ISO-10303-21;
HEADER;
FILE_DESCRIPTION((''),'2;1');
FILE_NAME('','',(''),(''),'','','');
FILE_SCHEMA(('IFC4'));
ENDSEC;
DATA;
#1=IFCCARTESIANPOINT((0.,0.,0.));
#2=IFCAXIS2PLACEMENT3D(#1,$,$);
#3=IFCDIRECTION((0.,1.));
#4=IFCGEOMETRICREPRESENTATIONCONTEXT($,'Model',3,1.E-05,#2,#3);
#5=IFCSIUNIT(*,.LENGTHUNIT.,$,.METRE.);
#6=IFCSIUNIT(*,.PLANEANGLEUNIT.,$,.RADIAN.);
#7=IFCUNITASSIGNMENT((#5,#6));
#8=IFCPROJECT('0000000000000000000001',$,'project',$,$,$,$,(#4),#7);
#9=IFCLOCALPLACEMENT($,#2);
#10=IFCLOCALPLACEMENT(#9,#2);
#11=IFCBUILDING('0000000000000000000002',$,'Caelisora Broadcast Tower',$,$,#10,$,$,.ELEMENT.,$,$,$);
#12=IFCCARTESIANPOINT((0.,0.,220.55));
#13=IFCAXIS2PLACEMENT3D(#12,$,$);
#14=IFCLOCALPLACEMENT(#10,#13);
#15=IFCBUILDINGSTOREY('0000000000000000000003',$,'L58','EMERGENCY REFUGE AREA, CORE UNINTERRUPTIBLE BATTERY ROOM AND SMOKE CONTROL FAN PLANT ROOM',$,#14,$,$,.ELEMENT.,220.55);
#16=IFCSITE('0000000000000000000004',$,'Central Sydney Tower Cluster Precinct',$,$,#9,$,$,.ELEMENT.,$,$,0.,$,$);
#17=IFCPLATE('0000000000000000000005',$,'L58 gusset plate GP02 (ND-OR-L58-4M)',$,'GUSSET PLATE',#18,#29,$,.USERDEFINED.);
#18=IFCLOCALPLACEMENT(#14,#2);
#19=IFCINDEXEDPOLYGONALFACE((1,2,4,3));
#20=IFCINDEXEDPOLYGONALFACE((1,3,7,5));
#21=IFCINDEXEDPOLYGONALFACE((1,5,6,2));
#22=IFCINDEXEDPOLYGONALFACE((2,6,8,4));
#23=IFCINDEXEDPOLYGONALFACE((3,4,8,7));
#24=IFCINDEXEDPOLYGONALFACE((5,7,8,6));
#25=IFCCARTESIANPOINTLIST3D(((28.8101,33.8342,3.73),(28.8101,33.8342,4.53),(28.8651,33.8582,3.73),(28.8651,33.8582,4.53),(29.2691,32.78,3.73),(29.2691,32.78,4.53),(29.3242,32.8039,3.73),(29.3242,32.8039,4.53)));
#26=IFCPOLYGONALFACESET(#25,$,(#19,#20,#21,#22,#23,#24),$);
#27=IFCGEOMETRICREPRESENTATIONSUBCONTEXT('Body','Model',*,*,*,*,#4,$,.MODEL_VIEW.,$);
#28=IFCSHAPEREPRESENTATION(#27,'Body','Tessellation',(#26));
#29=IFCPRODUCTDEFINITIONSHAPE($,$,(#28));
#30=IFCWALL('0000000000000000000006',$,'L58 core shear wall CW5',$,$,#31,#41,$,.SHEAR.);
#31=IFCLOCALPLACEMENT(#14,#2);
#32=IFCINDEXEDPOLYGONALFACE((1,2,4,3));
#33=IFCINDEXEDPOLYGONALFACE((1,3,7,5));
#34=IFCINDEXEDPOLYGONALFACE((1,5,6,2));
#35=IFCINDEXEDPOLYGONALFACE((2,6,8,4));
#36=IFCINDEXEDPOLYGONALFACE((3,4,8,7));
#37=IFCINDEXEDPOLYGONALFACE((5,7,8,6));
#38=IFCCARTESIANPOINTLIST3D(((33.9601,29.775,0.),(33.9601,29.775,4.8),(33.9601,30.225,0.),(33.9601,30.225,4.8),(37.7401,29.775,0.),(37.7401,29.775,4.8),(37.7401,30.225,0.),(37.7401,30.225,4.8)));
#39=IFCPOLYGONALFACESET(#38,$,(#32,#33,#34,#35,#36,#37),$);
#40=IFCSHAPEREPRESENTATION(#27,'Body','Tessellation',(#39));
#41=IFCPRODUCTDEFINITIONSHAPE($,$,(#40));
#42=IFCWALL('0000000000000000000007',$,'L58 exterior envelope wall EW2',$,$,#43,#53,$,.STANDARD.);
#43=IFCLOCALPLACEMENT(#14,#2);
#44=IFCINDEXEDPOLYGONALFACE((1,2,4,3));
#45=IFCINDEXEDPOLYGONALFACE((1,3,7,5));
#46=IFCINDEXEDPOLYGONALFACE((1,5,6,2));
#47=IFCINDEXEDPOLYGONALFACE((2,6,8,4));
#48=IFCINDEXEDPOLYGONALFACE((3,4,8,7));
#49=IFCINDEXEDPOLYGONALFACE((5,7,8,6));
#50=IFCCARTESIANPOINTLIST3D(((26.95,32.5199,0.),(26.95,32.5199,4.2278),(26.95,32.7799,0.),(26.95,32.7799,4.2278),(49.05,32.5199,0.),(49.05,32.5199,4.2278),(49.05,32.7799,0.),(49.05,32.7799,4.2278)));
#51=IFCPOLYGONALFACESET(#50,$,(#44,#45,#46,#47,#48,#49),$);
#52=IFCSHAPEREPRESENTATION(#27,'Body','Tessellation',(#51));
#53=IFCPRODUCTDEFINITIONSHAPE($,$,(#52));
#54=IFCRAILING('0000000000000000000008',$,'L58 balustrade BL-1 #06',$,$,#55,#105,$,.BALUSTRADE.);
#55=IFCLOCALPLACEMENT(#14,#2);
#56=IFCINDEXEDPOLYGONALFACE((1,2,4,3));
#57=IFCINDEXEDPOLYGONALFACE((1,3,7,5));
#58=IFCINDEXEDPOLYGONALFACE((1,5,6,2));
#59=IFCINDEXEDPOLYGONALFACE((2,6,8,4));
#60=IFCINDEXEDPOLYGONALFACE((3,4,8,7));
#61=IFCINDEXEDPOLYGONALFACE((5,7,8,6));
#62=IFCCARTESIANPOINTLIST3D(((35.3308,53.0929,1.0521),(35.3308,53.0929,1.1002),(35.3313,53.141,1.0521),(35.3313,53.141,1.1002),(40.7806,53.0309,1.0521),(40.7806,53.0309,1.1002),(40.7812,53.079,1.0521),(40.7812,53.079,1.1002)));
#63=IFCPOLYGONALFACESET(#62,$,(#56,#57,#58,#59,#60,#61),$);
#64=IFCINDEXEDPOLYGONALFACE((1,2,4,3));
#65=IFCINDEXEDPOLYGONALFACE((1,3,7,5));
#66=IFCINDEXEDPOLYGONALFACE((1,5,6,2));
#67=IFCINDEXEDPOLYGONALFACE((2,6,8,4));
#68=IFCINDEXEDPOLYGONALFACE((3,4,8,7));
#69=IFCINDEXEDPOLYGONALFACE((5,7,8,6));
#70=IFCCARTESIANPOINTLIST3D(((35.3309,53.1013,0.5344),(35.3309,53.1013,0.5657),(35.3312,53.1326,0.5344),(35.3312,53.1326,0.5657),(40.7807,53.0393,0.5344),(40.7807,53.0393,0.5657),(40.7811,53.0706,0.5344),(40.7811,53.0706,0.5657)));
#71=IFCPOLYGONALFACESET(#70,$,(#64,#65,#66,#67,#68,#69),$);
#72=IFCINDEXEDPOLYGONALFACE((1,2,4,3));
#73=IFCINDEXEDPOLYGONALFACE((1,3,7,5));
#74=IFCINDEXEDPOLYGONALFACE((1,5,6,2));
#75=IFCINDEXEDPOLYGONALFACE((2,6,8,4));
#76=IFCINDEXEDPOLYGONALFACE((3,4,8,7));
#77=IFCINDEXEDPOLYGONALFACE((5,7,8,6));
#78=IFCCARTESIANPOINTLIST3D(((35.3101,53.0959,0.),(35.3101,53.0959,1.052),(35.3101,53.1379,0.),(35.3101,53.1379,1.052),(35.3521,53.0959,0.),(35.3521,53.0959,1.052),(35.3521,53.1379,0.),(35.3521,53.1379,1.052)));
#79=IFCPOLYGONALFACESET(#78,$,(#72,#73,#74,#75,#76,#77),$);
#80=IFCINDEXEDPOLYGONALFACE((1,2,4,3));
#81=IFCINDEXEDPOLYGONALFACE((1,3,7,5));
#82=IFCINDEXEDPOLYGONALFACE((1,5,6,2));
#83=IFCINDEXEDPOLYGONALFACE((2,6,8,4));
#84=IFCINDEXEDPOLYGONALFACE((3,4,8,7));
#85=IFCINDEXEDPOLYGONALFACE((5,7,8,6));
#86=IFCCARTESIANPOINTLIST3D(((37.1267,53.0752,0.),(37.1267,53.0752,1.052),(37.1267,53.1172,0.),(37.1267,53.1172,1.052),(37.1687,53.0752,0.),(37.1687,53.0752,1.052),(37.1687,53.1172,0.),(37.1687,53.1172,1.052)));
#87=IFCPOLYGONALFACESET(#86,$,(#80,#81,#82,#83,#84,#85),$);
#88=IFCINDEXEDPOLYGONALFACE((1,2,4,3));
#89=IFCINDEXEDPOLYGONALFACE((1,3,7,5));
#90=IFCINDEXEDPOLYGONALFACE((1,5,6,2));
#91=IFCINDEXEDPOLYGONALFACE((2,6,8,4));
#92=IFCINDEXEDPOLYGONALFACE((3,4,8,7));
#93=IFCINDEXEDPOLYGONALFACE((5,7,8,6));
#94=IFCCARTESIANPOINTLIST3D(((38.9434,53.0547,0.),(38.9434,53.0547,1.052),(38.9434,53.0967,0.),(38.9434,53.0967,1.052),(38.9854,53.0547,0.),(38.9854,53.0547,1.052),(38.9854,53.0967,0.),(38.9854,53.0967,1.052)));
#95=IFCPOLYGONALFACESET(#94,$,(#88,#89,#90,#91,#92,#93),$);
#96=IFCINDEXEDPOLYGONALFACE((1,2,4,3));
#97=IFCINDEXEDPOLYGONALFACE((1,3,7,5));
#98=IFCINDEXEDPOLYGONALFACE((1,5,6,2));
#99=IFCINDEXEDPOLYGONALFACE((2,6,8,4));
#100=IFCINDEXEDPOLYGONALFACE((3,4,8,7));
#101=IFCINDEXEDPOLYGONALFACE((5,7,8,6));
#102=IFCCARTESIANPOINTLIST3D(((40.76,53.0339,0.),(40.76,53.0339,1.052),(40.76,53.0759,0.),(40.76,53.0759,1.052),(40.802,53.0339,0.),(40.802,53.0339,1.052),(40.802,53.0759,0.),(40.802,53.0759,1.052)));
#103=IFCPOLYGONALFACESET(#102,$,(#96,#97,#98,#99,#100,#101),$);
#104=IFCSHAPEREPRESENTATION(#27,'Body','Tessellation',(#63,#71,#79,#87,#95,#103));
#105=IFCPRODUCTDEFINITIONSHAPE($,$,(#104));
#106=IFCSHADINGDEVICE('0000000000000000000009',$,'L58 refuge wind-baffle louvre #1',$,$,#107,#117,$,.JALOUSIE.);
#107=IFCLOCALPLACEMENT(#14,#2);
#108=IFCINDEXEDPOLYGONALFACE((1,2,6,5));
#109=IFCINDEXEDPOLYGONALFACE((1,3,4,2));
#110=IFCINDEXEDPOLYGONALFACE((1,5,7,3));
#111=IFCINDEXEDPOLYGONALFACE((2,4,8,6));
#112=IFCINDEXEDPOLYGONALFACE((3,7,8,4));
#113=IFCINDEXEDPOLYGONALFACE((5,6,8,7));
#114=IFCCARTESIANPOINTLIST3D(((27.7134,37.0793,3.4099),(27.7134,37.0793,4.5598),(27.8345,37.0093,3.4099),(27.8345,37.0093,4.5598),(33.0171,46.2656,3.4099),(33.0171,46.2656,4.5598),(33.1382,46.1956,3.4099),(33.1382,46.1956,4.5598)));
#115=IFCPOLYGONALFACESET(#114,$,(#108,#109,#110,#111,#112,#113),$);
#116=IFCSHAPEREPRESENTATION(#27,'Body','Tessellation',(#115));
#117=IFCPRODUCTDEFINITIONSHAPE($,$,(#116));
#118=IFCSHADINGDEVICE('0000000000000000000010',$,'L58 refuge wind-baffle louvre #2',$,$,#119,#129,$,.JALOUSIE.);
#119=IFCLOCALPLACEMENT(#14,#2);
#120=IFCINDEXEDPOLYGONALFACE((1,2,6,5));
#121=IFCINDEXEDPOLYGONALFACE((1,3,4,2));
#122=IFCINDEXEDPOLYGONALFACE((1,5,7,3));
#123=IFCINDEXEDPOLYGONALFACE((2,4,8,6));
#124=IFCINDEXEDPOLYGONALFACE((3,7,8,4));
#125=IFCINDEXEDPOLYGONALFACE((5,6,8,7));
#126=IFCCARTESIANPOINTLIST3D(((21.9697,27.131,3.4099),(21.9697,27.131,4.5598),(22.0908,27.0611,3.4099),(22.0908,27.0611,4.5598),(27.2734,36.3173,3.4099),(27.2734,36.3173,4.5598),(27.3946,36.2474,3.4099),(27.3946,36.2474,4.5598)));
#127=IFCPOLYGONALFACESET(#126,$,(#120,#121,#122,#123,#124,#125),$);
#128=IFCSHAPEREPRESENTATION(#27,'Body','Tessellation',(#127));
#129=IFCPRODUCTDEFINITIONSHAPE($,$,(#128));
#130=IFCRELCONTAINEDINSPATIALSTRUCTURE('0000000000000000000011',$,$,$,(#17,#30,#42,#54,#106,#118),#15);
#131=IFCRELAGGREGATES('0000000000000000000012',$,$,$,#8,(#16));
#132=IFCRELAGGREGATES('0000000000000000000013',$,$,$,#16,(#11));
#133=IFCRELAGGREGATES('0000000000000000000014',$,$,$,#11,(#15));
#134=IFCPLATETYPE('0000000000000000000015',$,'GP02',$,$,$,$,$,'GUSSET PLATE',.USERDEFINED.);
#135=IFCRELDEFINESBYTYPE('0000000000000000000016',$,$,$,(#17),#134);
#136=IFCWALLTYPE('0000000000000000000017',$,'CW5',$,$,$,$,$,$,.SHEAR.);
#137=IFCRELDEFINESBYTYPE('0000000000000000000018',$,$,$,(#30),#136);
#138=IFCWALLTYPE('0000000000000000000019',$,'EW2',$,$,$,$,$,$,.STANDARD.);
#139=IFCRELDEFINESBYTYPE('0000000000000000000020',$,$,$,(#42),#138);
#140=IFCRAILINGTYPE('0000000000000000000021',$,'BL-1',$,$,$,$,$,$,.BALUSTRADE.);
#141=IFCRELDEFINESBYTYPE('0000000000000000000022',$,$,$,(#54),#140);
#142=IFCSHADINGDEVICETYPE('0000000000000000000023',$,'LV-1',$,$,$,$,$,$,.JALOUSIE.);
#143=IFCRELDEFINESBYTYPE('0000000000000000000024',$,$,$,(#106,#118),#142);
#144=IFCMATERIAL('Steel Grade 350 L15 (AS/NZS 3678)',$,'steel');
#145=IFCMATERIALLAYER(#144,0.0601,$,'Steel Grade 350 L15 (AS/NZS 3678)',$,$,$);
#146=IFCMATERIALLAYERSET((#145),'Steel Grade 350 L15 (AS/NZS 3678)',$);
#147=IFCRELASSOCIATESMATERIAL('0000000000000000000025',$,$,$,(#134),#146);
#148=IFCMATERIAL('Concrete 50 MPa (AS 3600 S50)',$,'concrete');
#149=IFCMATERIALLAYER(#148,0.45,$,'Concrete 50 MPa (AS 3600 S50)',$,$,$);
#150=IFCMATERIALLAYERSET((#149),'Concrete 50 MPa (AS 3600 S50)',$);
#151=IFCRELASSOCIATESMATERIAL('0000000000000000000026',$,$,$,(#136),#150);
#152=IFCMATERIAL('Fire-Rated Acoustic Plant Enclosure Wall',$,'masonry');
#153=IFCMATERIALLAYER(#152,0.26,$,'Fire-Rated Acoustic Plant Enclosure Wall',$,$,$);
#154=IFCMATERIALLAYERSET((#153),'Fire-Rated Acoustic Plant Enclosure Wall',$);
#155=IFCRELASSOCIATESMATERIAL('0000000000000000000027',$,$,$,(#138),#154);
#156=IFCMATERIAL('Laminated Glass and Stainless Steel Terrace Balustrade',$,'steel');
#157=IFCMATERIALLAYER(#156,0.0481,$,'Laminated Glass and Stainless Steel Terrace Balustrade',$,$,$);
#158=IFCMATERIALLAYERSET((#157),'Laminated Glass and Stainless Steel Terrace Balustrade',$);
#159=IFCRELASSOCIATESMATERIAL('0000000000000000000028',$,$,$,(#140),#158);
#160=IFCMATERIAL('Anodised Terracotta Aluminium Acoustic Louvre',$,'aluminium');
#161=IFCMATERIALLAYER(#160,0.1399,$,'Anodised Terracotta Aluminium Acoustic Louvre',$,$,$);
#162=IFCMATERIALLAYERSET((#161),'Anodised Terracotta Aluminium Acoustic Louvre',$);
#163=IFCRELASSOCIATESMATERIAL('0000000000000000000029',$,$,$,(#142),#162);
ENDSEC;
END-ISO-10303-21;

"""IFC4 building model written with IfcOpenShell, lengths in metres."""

from ifc_helpers import new_model, si_unit, direction, frame, frame_2d, origin, origin_2d, place, context, subcontext, project, spatial, rectangle, extrude, source, transform, mapped, material, layer, layer_set, type_object, type_shapes, element, save


model = new_model("IFC4")

# Units and contexts
model_context = context("Model", 3, precision=1e-05, world=origin(), true_north=direction((0.0, 1.0)))
body_context = subcontext(model_context, "Body", "Model", "MODEL_VIEW")
ifc_project = project(units=[si_unit("LENGTHUNIT", "METRE"), si_unit("PLANEANGLEUNIT", "RADIAN")], contexts=[model_context])

# Site, building, storey
site_placement = place(None, origin())
site = spatial("IfcSite", under=ifc_project, at=site_placement, Name="Central Sydney Tower Cluster Precinct", CompositionType="ELEMENT", RefElevation=0.0)
building_placement = place(site_placement, origin())
building = spatial("IfcBuilding", under=site, at=building_placement, Name="Caelisora Broadcast Tower", CompositionType="ELEMENT")
storey_placement = place(building_placement, frame((0.0, 0.0, 220.55)))
storey = spatial("IfcBuildingStorey", under=building, at=storey_placement, Name="L58", Description="EMERGENCY REFUGE AREA, CORE UNINTERRUPTIBLE BATTERY ROOM AND SMOKE CONTROL FAN PLANT ROOM", CompositionType="ELEMENT", Elevation=220.55)

# Shared definitions
ifc_material_1 = material(Name="Steel Grade 350 L15 (AS/NZS 3678)", Category="steel")

# Plate
ifc_layer_1 = layer(ifc_material_1, 0.0601, Name="Steel Grade 350 L15 (AS/NZS 3678)")
ifc_layer_set_1 = layer_set([ifc_layer_1], Name="Steel Grade 350 L15 (AS/NZS 3678)")
plate_type_1 = type_object("IfcPlateType", Name="GP02", ElementType="GUSSET PLATE", PredefinedType="USERDEFINED", material=ifc_layer_set_1)
shared_shape_1 = source(origin(), body_context, "Body", "SweptSolid", [
    extrude(rectangle(XDim=1.1499, YDim=0.0601, at=origin_2d()), origin(), (0.0, 0.0, 1.0), 0.8),
])
plate_1_placement = place(storey_placement, frame((29.0671, 33.3191, 3.73), z_axis=(0.0, 0.0, 1.0), x_axis=(-0.399229, 0.916851, 0.0)))
element("IfcPlate", 1, at=plate_1_placement, inside=storey, type_object=plate_type_1, Name="L58 gusset plate GP02 (ND-OR-L58-4M)", ObjectType="GUSSET PLATE", PredefinedType="USERDEFINED", context=body_context, shape_type="MappedRepresentation", body=[
    mapped(shared_shape_1, transform((0.0, 0.0, 0.0), scale=1.0)),
])

# Walls
ifc_material_2 = material(Name="Concrete 50 MPa (AS 3600 S50)", Category="concrete")
ifc_layer_2 = layer(ifc_material_2, 0.45, Name="Concrete 50 MPa (AS 3600 S50)")
ifc_layer_set_2 = layer_set([ifc_layer_2], Name="Concrete 50 MPa (AS 3600 S50)")
wall_type_1 = type_object("IfcWallType", Name="CW5", PredefinedType="SHEAR", material=ifc_layer_set_2)
wall_1_placement = place(storey_placement, frame((33.96, 30.0, 0.0), z_axis=(0.0, 0.0, 1.0), x_axis=(1.0, 0.0, 0.0)))
element("IfcWall", 2, at=wall_1_placement, inside=storey, type_object=wall_type_1, Name="L58 core shear wall CW5", PredefinedType="SHEAR", context=body_context, shape_type="SweptSolid", body=[
    extrude(rectangle(XDim=3.78, YDim=0.45, at=frame_2d((1.8901, 0.0))), origin(), (0.0, 0.0, 1.0), 4.8),
])
ifc_material_3 = material(Name="Fire-Rated Acoustic Plant Enclosure Wall", Category="masonry")
ifc_layer_3 = layer(ifc_material_3, 0.26, Name="Fire-Rated Acoustic Plant Enclosure Wall")
ifc_layer_set_3 = layer_set([ifc_layer_3], Name="Fire-Rated Acoustic Plant Enclosure Wall")
wall_type_2 = type_object("IfcWallType", Name="EW2", PredefinedType="STANDARD", material=ifc_layer_set_3)
wall_2_placement = place(storey_placement, frame((26.95, 32.6499, 0.0), z_axis=(0.0, 0.0, 1.0), x_axis=(1.0, 0.0, 0.0)))
element("IfcWall", 3, at=wall_2_placement, inside=storey, type_object=wall_type_2, Name="L58 exterior envelope wall EW2", PredefinedType="STANDARD", context=body_context, shape_type="SweptSolid", body=[
    extrude(rectangle(XDim=22.1001, YDim=0.26, at=frame_2d((11.05, 0.0))), origin(), (0.0, 0.0, 1.0), 4.2278),
])

# Railing
ifc_material_4 = material(Name="Laminated Glass and Stainless Steel Terrace Balustrade", Category="steel")
ifc_layer_4 = layer(ifc_material_4, 0.0481, Name="Laminated Glass and Stainless Steel Terrace Balustrade")
ifc_layer_set_4 = layer_set([ifc_layer_4], Name="Laminated Glass and Stainless Steel Terrace Balustrade")
railing_type = type_object("IfcRailingType", Name="BL-1", PredefinedType="BALUSTRADE", material=ifc_layer_set_4)
railing_placement = place(storey_placement, frame((35.3311, 53.1169, 0.0)))
element("IfcRailing", 4, at=railing_placement, inside=storey, type_object=railing_type, Name="L58 balustrade BL-1 #06", PredefinedType="BALUSTRADE", context=body_context, shape_type="SweptSolid", body=[
    extrude(rectangle(XDim=0.0481, YDim=0.0481, at=origin_2d()), frame((0.0, 0.0, 1.0762), z_axis=(0.999935, -0.011378, 0.0), x_axis=(0.011378, 0.999935, 0.0)), (0.0, 0.0, 1.0), 5.4502),
    extrude(rectangle(XDim=0.0312, YDim=0.0312, at=origin_2d()), frame((0.0, 0.0, 0.55), z_axis=(0.999935, -0.011378, 0.0), x_axis=(0.011378, 0.999935, 0.0)), (0.0, 0.0, 1.0), 5.4502),
    extrude(rectangle(XDim=0.042, YDim=0.042, at=origin_2d()), origin(), (0.0, 0.0, 1.0), 1.052),
    extrude(rectangle(XDim=0.042, YDim=0.042, at=origin_2d()), frame((1.8167, -0.0208, 0.0)), (0.0, 0.0, 1.0), 1.052),
    extrude(rectangle(XDim=0.042, YDim=0.042, at=origin_2d()), frame((3.6333, -0.0413, 0.0)), (0.0, 0.0, 1.0), 1.052),
    extrude(rectangle(XDim=0.042, YDim=0.042, at=origin_2d()), frame((5.45, -0.062, 0.0)), (0.0, 0.0, 1.0), 1.052),
])

# Shading devices
ifc_material_5 = material(Name="Anodised Terracotta Aluminium Acoustic Louvre", Category="aluminium")
ifc_layer_5 = layer(ifc_material_5, 0.1399, Name="Anodised Terracotta Aluminium Acoustic Louvre")
ifc_layer_set_5 = layer_set([ifc_layer_5], Name="Anodised Terracotta Aluminium Acoustic Louvre")
shading_device_type = type_object("IfcShadingDeviceType", Name="LV-1", PredefinedType="JALOUSIE", material=ifc_layer_set_5)
shared_shape_2 = source(origin(), body_context, "Body", "SweptSolid", [
    extrude(rectangle(XDim=10.6074, YDim=0.1399, at=origin_2d()), origin(), (0.0, 0.0, 1.0), 1.1499),
])
type_shapes(shading_device_type, [shared_shape_2])
for number, where, z_axis, x_axis, name in (
    (5, (30.4258, 41.6375, 3.4099), (0.0, 0.0, 1.0), (-0.5, -0.866025, 0.0), "L58 refuge wind-baffle louvre #1"),
    (6, (24.6821, 31.6892, 3.4099), (0.0, 0.0, 1.0), (-0.5, -0.866025, 0.0), "L58 refuge wind-baffle louvre #2"),
):
    element("IfcShadingDevice", number, at=place(storey_placement, frame(where, z_axis=z_axis, x_axis=x_axis)), inside=storey, type_object=shading_device_type, Name=name, PredefinedType="JALOUSIE", context=body_context, shape_type="MappedRepresentation", body=[
        mapped(shared_shape_2, transform((0.0, 0.0, 0.0), scale=1.0)),
    ])

save(model, "model.ifc")
